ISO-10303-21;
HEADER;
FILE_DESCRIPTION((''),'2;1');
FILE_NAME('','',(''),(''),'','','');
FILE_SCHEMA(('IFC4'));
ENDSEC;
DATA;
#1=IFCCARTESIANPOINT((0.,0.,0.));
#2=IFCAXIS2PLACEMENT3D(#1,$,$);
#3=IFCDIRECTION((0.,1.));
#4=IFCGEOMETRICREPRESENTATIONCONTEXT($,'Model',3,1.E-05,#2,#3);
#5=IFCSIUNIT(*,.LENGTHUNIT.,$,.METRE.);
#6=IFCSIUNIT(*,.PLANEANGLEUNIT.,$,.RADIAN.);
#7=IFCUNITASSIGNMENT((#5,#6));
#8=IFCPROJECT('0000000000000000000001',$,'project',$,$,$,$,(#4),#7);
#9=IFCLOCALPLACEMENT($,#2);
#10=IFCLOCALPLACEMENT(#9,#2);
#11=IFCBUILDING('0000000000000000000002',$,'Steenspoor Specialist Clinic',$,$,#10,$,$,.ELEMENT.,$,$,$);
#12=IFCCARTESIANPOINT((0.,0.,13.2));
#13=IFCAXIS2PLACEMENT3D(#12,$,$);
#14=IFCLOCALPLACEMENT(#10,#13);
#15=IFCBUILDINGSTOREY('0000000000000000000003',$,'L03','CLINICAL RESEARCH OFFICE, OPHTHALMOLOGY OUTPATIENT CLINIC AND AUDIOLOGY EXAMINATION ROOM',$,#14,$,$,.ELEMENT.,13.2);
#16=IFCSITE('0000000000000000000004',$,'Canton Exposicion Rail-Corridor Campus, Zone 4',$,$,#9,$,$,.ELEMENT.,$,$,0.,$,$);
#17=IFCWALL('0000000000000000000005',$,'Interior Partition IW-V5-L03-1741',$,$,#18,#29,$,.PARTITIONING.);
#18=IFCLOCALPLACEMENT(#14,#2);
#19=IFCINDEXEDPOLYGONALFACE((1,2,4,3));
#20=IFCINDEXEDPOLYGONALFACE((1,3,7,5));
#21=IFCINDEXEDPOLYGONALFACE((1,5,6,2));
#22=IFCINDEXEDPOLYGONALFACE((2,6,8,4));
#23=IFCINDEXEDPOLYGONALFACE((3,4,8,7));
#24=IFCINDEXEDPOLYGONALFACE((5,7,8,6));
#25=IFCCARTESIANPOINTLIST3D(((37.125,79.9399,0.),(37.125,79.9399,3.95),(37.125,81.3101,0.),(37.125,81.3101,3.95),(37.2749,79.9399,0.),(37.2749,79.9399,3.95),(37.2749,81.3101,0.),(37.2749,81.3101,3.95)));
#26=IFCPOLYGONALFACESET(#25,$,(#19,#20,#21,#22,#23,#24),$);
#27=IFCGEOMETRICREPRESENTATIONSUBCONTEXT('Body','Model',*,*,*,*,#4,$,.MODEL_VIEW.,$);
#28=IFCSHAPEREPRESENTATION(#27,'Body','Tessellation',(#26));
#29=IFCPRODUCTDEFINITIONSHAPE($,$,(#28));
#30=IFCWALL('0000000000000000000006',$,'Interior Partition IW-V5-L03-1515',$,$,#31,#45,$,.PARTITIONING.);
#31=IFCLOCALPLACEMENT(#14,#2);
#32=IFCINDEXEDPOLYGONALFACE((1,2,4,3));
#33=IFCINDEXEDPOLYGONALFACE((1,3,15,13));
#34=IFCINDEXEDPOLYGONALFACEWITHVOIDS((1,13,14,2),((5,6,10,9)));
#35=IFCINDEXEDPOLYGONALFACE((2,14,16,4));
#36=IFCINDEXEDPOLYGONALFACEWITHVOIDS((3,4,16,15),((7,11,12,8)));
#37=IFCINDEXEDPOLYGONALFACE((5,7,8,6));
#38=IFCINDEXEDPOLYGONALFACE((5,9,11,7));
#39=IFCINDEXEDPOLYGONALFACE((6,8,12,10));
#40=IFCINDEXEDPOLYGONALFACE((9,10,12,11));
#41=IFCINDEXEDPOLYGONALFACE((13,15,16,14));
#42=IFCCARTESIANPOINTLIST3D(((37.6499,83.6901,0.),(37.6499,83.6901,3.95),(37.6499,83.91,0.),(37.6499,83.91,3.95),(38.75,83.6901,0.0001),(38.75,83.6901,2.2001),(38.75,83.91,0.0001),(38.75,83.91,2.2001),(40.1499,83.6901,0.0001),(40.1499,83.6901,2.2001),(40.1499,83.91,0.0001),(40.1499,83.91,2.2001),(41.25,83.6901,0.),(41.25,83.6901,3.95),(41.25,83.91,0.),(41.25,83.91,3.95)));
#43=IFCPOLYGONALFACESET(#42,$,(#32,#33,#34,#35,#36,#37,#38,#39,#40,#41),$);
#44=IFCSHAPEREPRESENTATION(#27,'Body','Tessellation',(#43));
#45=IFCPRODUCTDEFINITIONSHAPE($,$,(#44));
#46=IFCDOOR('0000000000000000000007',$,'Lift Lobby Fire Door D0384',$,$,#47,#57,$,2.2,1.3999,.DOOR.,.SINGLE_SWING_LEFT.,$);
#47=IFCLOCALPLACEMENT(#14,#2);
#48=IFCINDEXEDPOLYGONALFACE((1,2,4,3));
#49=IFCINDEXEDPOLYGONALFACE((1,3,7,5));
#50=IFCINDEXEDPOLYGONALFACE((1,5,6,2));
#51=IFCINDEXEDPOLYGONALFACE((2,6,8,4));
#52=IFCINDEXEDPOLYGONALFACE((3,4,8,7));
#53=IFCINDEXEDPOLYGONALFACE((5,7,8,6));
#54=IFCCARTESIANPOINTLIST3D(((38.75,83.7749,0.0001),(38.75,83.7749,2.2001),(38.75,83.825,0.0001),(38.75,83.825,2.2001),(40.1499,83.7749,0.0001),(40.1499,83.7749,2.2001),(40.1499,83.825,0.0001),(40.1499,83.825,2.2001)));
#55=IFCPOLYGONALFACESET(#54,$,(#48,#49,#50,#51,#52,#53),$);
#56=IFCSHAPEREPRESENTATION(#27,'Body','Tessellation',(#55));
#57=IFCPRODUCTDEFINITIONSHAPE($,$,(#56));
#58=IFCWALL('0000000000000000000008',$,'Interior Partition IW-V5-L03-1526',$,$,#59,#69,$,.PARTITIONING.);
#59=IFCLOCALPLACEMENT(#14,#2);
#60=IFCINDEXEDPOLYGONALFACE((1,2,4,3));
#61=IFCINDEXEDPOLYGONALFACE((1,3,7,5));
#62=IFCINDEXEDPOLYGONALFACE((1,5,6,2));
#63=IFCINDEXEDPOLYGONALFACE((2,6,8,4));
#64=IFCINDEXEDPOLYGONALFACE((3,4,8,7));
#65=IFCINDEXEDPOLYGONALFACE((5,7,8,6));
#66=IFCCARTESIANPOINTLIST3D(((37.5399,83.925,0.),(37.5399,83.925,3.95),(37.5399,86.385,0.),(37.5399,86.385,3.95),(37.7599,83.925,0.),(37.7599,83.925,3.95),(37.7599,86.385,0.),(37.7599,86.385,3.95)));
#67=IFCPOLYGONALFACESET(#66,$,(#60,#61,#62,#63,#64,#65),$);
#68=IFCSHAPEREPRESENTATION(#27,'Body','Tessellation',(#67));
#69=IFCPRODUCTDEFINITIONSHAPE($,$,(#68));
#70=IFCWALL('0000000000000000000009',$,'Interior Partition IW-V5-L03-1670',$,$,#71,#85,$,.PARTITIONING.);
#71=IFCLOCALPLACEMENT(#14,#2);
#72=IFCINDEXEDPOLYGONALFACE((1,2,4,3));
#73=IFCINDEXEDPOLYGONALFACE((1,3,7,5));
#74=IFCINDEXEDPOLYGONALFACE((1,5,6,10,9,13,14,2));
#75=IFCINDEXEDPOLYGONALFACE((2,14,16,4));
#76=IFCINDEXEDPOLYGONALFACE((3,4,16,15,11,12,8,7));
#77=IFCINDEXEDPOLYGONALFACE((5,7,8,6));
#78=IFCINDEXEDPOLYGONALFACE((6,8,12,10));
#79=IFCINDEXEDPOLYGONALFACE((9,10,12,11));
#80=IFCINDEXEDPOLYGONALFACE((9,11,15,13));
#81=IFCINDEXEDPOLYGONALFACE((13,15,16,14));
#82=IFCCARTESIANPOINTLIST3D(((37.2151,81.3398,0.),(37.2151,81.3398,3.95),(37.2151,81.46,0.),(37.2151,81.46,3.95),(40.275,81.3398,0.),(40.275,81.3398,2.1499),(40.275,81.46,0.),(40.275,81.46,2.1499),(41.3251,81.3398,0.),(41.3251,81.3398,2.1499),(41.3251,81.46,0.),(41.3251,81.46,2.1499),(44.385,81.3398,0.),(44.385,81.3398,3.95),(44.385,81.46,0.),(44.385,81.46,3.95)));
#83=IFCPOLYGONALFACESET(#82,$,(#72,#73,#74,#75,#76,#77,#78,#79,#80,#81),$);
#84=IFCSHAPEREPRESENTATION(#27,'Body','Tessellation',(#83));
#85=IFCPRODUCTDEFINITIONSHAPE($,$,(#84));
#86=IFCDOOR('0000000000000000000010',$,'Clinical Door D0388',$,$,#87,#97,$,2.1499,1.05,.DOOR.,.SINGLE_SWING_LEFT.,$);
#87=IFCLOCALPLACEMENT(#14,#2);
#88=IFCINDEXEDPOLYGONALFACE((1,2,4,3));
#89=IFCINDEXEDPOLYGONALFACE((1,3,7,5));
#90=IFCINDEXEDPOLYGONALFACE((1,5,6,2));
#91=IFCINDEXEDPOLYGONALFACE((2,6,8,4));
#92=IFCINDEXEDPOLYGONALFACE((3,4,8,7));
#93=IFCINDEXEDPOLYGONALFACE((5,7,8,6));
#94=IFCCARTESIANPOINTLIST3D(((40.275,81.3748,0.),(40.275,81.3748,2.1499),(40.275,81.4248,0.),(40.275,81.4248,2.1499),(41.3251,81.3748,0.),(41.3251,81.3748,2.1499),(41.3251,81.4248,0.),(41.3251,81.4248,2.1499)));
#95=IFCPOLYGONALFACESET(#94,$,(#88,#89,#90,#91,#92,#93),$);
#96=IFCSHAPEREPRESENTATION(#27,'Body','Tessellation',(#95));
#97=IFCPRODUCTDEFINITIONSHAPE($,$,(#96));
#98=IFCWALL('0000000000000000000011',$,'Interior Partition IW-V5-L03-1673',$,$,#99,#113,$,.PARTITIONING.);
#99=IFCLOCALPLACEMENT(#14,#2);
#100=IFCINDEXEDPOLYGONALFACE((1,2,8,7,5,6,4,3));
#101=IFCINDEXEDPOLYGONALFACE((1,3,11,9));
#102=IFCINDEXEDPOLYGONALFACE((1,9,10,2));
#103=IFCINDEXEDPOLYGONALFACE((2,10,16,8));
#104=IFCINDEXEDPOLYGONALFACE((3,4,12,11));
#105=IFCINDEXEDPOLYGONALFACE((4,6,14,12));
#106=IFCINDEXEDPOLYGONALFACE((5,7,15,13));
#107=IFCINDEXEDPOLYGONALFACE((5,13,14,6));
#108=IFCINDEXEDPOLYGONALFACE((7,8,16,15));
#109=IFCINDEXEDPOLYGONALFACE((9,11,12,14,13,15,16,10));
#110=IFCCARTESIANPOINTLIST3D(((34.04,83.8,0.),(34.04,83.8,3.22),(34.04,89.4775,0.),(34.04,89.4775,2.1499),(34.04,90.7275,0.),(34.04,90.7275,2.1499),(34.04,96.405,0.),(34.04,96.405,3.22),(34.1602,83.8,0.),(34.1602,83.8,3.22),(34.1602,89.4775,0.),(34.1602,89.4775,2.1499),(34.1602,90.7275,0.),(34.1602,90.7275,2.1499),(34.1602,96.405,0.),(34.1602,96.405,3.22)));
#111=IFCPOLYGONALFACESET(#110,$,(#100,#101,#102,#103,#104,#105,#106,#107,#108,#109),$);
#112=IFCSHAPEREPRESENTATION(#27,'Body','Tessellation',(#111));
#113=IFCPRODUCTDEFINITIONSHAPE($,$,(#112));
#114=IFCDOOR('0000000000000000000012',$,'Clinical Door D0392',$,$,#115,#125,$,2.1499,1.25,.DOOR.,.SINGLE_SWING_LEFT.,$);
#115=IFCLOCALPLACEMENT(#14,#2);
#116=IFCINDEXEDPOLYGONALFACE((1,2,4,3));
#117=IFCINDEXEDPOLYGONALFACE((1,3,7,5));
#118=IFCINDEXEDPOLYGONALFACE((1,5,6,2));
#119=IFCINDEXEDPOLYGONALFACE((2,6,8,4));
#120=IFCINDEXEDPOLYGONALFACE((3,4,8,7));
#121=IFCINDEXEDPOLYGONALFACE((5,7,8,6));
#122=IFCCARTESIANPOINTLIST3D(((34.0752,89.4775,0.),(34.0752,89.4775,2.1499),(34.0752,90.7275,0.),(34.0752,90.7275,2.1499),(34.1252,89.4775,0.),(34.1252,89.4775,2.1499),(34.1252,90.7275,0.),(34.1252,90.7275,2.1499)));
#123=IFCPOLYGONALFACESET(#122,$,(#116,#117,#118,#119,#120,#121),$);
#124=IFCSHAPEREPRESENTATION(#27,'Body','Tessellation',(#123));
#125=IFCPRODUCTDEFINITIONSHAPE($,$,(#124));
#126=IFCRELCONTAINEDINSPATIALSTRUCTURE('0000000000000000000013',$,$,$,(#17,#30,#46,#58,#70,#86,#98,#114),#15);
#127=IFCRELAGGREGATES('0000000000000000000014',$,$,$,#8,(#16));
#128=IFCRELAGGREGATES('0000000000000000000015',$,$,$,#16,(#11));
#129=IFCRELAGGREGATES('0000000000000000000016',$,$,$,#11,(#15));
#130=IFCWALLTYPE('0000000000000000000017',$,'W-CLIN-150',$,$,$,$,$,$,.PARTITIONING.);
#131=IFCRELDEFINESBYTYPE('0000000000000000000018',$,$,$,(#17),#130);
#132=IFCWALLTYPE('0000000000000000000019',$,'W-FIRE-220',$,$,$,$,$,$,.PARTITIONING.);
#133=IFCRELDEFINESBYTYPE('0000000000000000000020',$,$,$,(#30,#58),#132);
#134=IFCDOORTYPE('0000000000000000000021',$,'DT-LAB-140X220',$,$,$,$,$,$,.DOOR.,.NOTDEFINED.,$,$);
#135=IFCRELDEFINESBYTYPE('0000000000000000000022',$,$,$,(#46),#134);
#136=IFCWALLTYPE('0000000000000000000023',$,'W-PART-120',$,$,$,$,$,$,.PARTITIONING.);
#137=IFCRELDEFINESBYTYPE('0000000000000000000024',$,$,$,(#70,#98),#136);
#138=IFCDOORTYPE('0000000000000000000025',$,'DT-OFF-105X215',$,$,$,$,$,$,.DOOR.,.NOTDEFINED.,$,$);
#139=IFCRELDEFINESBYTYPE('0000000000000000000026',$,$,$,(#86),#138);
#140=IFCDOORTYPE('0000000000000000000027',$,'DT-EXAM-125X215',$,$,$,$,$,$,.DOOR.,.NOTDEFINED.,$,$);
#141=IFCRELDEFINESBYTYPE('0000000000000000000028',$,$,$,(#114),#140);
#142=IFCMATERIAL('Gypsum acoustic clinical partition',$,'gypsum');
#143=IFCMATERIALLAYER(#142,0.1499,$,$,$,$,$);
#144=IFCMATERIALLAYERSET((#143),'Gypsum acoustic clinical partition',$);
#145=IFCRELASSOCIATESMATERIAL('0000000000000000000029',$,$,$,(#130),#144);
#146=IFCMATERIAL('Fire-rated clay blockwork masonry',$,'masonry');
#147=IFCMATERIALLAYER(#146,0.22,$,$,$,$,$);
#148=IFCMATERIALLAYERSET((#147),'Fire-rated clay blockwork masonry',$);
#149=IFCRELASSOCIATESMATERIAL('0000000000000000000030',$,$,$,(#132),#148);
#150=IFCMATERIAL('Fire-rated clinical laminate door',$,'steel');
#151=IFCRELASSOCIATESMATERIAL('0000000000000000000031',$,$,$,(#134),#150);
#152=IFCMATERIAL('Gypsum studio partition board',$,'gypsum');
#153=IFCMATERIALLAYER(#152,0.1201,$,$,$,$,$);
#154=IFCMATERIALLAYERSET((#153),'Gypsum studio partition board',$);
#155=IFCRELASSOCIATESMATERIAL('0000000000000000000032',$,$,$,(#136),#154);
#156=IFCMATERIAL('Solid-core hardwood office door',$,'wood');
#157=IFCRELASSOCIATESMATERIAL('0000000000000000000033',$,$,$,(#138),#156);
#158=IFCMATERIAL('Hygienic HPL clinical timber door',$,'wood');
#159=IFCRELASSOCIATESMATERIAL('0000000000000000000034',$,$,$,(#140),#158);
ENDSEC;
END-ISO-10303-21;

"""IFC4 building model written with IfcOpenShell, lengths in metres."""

from ifc_helpers import new_model, si_unit, direction, frame, frame_2d, origin, place, context, subcontext, project, spatial, rectangle, extrude, material, layer, layer_set, type_object, element, fill, save


model = new_model("IFC4")

# Units and contexts
model_context = context("Model", 3, precision=1e-05, world=origin(), true_north=direction((0.0, 1.0)))
body_context = subcontext(model_context, "Body", "Model", "MODEL_VIEW")
ifc_project = project(units=[si_unit("LENGTHUNIT", "METRE"), si_unit("PLANEANGLEUNIT", "RADIAN")], contexts=[model_context])

# Site, building, storey
site_placement = place(None, origin())
site = spatial("IfcSite", under=ifc_project, at=site_placement, Name="Canton Exposicion Rail-Corridor Campus, Zone 4", CompositionType="ELEMENT", RefElevation=0.0)
building_placement = place(site_placement, origin())
building = spatial("IfcBuilding", under=site, at=building_placement, Name="Steenspoor Specialist Clinic", CompositionType="ELEMENT")
storey_placement = place(building_placement, frame((0.0, 0.0, 13.2)))
storey = spatial("IfcBuildingStorey", under=building, at=storey_placement, Name="L03", Description="CLINICAL RESEARCH OFFICE, OPHTHALMOLOGY OUTPATIENT CLINIC AND AUDIOLOGY EXAMINATION ROOM", CompositionType="ELEMENT", Elevation=13.2)

# Shared definitions
ifc_material_1 = material(Name="Gypsum acoustic clinical partition", Category="gypsum")
ifc_layer_1 = layer(ifc_material_1, 0.1499)
ifc_layer_set_1 = layer_set([ifc_layer_1], Name="Gypsum acoustic clinical partition")
wall_type_1 = type_object("IfcWallType", Name="W-CLIN-150", PredefinedType="PARTITIONING", material=ifc_layer_set_1)

# Wall
wall_1_placement = place(storey_placement, frame((37.2, 79.9399, 0.0), z_axis=(0.0, 0.0, 1.0), x_axis=(0.0, 1.0, 0.0)))
element("IfcWall", 1, at=wall_1_placement, inside=storey, type_object=wall_type_1, Name="Interior Partition IW-V5-L03-1741", PredefinedType="PARTITIONING", context=body_context, shape_type="SweptSolid", body=[
    extrude(rectangle(XDim=1.3701, YDim=0.1499, at=frame_2d((0.6851, 0.0))), origin(), (0.0, 0.0, 1.0), 3.95),
])

# Wall, opening, door
ifc_material_2 = material(Name="Fire-rated clay blockwork masonry", Category="masonry")
ifc_layer_2 = layer(ifc_material_2, 0.22)
ifc_layer_set_2 = layer_set([ifc_layer_2], Name="Fire-rated clay blockwork masonry")
wall_type_2 = type_object("IfcWallType", Name="W-FIRE-220", PredefinedType="PARTITIONING", material=ifc_layer_set_2)
wall_2_placement = place(storey_placement, frame((37.6499, 83.8, 0.0), z_axis=(0.0, 0.0, 1.0), x_axis=(1.0, 0.0, 0.0)))
wall_2 = element("IfcWall", 2, at=wall_2_placement, inside=storey, type_object=wall_type_2, Name="Interior Partition IW-V5-L03-1515", PredefinedType="PARTITIONING", context=body_context, shape_type="SweptSolid", body=[
    extrude(rectangle(XDim=3.6001, YDim=0.22, at=frame_2d((1.8, 0.0))), origin(), (0.0, 0.0, 1.0), 3.95),
])
opening_1_placement = place(wall_2_placement, frame((1.1001, 0.0, 0.0)))
opening_1 = element("IfcOpeningElement", 3, at=opening_1_placement, cuts=wall_2, PredefinedType="OPENING", context=body_context, shape_type="SweptSolid", body=[
    extrude(rectangle(XDim=1.3999, YDim=2.2, at=frame_2d((0.7, 1.1001))), frame((0.0, 0.1201, 0.0), z_axis=(0.0, -1.0, 0.0), x_axis=(1.0, 0.0, 0.0)), (0.0, 0.0, 1.0), 0.24),
])
ifc_material_3 = material(Name="Fire-rated clinical laminate door", Category="steel")
door_type_1 = type_object("IfcDoorType", Name="DT-LAB-140X220", OperationType="NOTDEFINED", PredefinedType="DOOR", material=ifc_material_3)
door_1_placement = place(opening_1_placement, origin())
door_1 = element("IfcDoor", 4, at=door_1_placement, inside=storey, type_object=door_type_1, Name="Lift Lobby Fire Door D0384", OperationType="SINGLE_SWING_LEFT", OverallHeight=2.2, OverallWidth=1.3999, PredefinedType="DOOR", context=body_context, shape_type="SweptSolid", body=[
    extrude(rectangle(XDim=1.3999, YDim=2.2, at=frame_2d((0.7, 1.1001))), frame((0.0, 0.0249, 0.0), z_axis=(0.0, -1.0, 0.0), x_axis=(1.0, 0.0, 0.0)), (0.0, 0.0, 1.0), 0.05),
])
fill(opening_1, door_1)

# Wall
wall_3_placement = place(storey_placement, frame((37.6499, 83.925, 0.0), z_axis=(0.0, 0.0, 1.0), x_axis=(0.0, 1.0, 0.0)))
element("IfcWall", 5, at=wall_3_placement, inside=storey, type_object=wall_type_2, Name="Interior Partition IW-V5-L03-1526", PredefinedType="PARTITIONING", context=body_context, shape_type="SweptSolid", body=[
    extrude(rectangle(XDim=2.46, YDim=0.22, at=frame_2d((1.23, 0.0))), origin(), (0.0, 0.0, 1.0), 3.95),
])

# Walls, openings, doors
ifc_material_4 = material(Name="Gypsum studio partition board", Category="gypsum")
ifc_layer_3 = layer(ifc_material_4, 0.1201)
ifc_layer_set_3 = layer_set([ifc_layer_3], Name="Gypsum studio partition board")
wall_type_3 = type_object("IfcWallType", Name="W-PART-120", PredefinedType="PARTITIONING", material=ifc_layer_set_3)
wall_4_placement = place(storey_placement, frame((37.2151, 81.3999, 0.0), z_axis=(0.0, 0.0, 1.0), x_axis=(1.0, 0.0, 0.0)))
wall_4 = element("IfcWall", 6, at=wall_4_placement, inside=storey, type_object=wall_type_3, Name="Interior Partition IW-V5-L03-1670", PredefinedType="PARTITIONING", context=body_context, shape_type="SweptSolid", body=[
    extrude(rectangle(XDim=7.1699, YDim=0.1201, at=frame_2d((3.585, 0.0))), origin(), (0.0, 0.0, 1.0), 3.95),
])
opening_2_placement = place(wall_4_placement, frame((3.0601, 0.0, 0.0)))
opening_2 = element("IfcOpeningElement", 7, at=opening_2_placement, cuts=wall_4, PredefinedType="OPENING", context=body_context, shape_type="SweptSolid", body=[
    extrude(rectangle(XDim=1.05, YDim=2.1499, at=frame_2d((0.5249, 1.075))), frame((0.0, 0.0701, 0.0), z_axis=(0.0, -1.0, 0.0), x_axis=(1.0, 0.0, 0.0)), (0.0, 0.0, 1.0), 0.1401),
])
ifc_material_5 = material(Name="Solid-core hardwood office door", Category="wood")
door_type_2 = type_object("IfcDoorType", Name="DT-OFF-105X215", OperationType="NOTDEFINED", PredefinedType="DOOR", material=ifc_material_5)
door_2_placement = place(opening_2_placement, origin())
door_2 = element("IfcDoor", 8, at=door_2_placement, inside=storey, type_object=door_type_2, Name="Clinical Door D0388", OperationType="SINGLE_SWING_LEFT", OverallHeight=2.1499, OverallWidth=1.05, PredefinedType="DOOR", context=body_context, shape_type="SweptSolid", body=[
    extrude(rectangle(XDim=1.05, YDim=2.1499, at=frame_2d((0.5249, 1.075))), frame((0.0, 0.0249, 0.0), z_axis=(0.0, -1.0, 0.0), x_axis=(1.0, 0.0, 0.0)), (0.0, 0.0, 1.0), 0.05),
])
fill(opening_2, door_2)
wall_5_placement = place(storey_placement, frame((34.1001, 83.8, 0.0), z_axis=(0.0, 0.0, 1.0), x_axis=(0.0, 1.0, 0.0)))
wall_5 = element("IfcWall", 9, at=wall_5_placement, inside=storey, type_object=wall_type_3, Name="Interior Partition IW-V5-L03-1673", PredefinedType="PARTITIONING", context=body_context, shape_type="SweptSolid", body=[
    extrude(rectangle(XDim=12.605, YDim=0.1201, at=frame_2d((6.3025, 0.0))), origin(), (0.0, 0.0, 1.0), 3.22),
])
opening_3_placement = place(wall_5_placement, frame((5.6775, 0.0, 0.0)))
opening_3 = element("IfcOpeningElement", 10, at=opening_3_placement, cuts=wall_5, PredefinedType="OPENING", context=body_context, shape_type="SweptSolid", body=[
    extrude(rectangle(XDim=1.25, YDim=2.1499, at=frame_2d((0.625, 1.075))), frame((0.0, 0.0701, 0.0), z_axis=(0.0, -1.0, 0.0), x_axis=(1.0, 0.0, 0.0)), (0.0, 0.0, 1.0), 0.1401),
])
ifc_material_6 = material(Name="Hygienic HPL clinical timber door", Category="wood")
door_type_3 = type_object("IfcDoorType", Name="DT-EXAM-125X215", OperationType="NOTDEFINED", PredefinedType="DOOR", material=ifc_material_6)
door_3_placement = place(opening_3_placement, origin())
door_3 = element("IfcDoor", 11, at=door_3_placement, inside=storey, type_object=door_type_3, Name="Clinical Door D0392", OperationType="SINGLE_SWING_LEFT", OverallHeight=2.1499, OverallWidth=1.25, PredefinedType="DOOR", context=body_context, shape_type="SweptSolid", body=[
    extrude(rectangle(XDim=1.25, YDim=2.1499, at=frame_2d((0.625, 1.075))), frame((0.0, 0.0249, 0.0), z_axis=(0.0, -1.0, 0.0), x_axis=(1.0, 0.0, 0.0)), (0.0, 0.0, 1.0), 0.05),
])
fill(opening_3, door_3)

save(model, "model.ifc")
